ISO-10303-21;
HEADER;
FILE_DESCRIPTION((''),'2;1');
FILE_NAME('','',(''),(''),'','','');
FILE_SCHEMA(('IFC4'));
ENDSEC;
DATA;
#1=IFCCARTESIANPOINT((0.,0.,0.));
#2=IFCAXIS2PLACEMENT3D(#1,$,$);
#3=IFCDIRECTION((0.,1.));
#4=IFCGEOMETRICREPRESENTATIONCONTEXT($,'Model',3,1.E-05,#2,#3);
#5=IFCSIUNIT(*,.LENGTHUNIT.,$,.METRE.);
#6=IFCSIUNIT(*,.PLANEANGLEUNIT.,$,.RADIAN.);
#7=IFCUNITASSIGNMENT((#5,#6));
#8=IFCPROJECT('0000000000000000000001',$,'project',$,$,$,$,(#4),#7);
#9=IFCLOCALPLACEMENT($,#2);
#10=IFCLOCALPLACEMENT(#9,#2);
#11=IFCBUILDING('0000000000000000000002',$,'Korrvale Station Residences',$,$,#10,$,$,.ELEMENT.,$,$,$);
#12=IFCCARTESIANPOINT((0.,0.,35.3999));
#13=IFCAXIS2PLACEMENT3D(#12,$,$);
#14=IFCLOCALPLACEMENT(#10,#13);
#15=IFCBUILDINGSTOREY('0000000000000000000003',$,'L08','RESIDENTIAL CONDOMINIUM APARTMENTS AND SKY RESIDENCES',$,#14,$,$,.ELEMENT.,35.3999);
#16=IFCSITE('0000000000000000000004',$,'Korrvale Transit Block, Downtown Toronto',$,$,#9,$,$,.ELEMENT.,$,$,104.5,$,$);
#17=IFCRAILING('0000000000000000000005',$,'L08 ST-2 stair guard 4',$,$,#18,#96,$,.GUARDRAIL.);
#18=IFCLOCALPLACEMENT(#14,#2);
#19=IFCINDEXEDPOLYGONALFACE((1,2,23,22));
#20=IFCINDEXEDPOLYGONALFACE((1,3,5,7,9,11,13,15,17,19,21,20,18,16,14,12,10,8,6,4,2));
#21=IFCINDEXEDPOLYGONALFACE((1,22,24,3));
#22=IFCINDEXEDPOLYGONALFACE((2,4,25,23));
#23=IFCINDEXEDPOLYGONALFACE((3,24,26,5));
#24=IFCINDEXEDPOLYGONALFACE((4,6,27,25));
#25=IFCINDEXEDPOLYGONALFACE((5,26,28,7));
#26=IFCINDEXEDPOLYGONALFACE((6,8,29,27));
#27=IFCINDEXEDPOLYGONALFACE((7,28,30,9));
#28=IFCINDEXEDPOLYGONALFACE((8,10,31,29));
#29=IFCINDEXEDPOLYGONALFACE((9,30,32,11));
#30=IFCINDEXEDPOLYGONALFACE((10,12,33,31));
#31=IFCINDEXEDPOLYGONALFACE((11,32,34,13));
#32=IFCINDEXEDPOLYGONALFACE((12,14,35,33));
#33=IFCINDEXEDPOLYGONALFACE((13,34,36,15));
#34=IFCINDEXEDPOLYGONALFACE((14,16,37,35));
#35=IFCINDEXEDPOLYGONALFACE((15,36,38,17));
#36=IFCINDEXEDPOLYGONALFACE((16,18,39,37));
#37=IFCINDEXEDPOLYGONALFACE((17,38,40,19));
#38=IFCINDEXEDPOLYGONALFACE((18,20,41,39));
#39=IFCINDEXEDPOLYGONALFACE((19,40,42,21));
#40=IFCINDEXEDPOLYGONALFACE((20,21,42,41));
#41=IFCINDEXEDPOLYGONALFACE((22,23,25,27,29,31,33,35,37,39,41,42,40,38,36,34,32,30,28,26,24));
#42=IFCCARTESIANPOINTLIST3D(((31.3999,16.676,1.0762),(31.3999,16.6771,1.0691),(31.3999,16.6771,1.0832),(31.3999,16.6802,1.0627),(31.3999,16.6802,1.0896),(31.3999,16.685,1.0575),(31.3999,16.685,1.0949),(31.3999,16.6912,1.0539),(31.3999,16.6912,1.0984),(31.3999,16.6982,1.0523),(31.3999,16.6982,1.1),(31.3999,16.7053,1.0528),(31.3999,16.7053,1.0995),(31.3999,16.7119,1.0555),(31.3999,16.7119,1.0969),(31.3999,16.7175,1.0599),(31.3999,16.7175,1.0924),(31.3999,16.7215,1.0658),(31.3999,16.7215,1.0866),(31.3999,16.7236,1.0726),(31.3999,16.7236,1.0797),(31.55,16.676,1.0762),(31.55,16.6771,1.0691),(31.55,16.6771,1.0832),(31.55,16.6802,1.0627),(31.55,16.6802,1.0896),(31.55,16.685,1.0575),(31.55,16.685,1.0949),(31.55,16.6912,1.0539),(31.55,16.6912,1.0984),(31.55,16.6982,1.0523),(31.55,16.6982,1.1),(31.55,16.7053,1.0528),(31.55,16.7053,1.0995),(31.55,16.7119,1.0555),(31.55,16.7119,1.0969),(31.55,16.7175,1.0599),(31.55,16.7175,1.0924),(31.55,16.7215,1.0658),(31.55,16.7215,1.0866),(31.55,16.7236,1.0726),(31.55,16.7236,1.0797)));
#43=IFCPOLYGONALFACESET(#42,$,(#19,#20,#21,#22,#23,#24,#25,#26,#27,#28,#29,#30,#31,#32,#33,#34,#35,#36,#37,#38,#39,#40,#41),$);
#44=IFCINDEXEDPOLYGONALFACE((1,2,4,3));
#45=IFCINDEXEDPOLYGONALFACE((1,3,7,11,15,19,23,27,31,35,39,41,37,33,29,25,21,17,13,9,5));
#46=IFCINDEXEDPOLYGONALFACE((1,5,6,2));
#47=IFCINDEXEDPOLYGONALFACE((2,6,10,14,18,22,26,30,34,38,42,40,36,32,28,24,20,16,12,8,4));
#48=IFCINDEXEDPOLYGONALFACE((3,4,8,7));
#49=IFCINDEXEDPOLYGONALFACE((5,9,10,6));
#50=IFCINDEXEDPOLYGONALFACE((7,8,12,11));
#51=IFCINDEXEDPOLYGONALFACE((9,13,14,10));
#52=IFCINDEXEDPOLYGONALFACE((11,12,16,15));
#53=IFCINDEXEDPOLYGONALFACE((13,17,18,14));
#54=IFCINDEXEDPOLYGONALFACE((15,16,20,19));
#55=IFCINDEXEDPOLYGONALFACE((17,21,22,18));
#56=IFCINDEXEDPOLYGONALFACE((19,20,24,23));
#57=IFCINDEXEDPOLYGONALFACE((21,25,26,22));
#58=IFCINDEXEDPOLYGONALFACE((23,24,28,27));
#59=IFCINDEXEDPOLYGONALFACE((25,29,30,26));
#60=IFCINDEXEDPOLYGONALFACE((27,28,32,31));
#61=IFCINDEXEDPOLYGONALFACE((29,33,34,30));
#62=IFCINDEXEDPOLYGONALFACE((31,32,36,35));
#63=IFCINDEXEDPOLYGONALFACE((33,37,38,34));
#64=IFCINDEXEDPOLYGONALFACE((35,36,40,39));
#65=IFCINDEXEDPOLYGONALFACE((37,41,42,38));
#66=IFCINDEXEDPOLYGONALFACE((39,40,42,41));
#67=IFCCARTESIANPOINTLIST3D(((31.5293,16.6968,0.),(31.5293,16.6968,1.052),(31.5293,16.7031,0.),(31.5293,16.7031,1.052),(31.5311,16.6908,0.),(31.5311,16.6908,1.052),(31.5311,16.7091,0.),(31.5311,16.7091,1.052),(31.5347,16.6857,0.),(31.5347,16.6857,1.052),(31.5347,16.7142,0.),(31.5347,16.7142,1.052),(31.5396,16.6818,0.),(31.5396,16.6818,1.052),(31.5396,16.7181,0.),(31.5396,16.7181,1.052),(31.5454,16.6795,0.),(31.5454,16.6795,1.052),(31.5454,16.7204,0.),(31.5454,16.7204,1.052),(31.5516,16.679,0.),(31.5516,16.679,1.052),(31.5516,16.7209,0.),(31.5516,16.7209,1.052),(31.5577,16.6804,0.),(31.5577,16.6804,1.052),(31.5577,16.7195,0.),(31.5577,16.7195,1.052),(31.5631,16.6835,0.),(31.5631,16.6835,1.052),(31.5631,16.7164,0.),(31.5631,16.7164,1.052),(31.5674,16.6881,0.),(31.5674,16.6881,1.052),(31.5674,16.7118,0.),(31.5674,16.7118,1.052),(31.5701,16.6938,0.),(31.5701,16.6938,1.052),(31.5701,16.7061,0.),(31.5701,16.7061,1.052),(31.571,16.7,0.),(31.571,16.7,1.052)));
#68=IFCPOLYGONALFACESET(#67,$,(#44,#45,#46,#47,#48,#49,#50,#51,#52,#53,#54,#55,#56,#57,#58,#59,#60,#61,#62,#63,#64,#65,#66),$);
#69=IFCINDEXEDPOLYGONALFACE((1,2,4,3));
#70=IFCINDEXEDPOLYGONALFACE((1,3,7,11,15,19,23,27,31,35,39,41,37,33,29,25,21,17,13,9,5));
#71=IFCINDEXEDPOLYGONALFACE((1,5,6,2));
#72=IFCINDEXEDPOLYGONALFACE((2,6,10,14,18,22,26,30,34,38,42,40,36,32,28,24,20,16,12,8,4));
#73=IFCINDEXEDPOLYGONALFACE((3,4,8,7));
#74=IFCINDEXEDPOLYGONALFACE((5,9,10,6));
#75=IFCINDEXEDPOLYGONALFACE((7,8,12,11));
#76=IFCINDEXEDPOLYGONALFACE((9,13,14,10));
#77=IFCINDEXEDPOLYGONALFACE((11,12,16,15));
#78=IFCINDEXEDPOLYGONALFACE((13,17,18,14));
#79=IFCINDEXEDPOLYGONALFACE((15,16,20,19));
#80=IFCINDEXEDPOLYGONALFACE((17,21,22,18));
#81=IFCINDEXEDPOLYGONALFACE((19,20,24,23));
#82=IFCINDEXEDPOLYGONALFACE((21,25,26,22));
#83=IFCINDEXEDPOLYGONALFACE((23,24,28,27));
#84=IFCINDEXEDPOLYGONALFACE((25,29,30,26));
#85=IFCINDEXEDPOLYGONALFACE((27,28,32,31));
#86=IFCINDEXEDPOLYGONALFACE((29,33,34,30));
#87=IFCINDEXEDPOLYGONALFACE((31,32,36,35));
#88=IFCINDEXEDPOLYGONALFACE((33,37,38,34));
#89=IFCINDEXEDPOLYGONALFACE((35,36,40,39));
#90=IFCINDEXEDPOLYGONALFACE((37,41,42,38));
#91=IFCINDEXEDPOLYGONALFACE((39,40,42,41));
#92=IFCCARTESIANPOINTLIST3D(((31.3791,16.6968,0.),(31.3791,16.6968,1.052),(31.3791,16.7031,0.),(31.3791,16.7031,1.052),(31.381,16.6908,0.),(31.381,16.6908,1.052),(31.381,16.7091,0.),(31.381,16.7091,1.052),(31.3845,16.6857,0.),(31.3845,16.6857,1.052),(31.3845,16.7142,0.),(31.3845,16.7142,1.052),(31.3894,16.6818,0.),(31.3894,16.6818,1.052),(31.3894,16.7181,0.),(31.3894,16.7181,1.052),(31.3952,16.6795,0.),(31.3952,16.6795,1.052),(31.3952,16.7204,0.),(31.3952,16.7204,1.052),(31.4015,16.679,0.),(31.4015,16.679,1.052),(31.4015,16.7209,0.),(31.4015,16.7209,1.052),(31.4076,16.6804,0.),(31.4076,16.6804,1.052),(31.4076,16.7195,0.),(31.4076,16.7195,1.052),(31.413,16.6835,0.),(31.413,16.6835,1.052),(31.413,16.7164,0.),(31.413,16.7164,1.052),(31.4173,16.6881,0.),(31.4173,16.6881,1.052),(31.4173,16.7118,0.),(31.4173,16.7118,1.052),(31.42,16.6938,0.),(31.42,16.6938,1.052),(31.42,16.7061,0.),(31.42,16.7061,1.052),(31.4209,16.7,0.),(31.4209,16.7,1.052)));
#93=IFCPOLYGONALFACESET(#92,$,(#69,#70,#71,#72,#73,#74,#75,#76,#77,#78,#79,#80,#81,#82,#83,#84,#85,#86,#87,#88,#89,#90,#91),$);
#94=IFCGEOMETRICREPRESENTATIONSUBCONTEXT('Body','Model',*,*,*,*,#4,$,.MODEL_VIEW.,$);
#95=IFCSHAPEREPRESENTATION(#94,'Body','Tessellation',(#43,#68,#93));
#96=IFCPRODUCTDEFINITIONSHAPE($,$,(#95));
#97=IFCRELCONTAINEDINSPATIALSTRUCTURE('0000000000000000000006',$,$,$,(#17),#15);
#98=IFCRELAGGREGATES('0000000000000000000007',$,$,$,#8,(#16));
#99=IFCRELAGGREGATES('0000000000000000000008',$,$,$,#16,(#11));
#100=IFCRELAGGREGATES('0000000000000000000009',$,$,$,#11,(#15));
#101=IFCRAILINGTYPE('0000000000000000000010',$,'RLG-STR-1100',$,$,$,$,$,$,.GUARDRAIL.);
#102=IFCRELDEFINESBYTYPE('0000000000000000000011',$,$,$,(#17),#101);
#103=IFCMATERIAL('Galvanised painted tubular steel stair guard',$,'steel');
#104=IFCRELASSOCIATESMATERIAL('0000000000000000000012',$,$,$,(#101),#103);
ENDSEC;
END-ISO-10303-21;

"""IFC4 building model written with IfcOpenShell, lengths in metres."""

from ifc_helpers import new_model, si_unit, direction, frame, origin, origin_2d, place, context, subcontext, project, spatial, circle, extrude, material, type_object, element, save


model = new_model("IFC4")

# Units and contexts
model_context = context("Model", 3, precision=1e-05, world=origin(), true_north=direction((0.0, 1.0)))
body_context = subcontext(model_context, "Body", "Model", "MODEL_VIEW")
ifc_project = project(units=[si_unit("LENGTHUNIT", "METRE"), si_unit("PLANEANGLEUNIT", "RADIAN")], contexts=[model_context])

# Site, building, storey
site_placement = place(None, origin())
site = spatial("IfcSite", under=ifc_project, at=site_placement, Name="Korrvale Transit Block, Downtown Toronto", CompositionType="ELEMENT", RefElevation=104.5)
building_placement = place(site_placement, origin())
building = spatial("IfcBuilding", under=site, at=building_placement, Name="Korrvale Station Residences", CompositionType="ELEMENT")
storey_placement = place(building_placement, frame((0.0, 0.0, 35.3999)))
storey = spatial("IfcBuildingStorey", under=building, at=storey_placement, Name="L08", Description="RESIDENTIAL CONDOMINIUM APARTMENTS AND SKY RESIDENCES", CompositionType="ELEMENT", Elevation=35.3999)

# Railing
ifc_material_1 = material(Name="Galvanised painted tubular steel stair guard", Category="steel")
railing_type_1 = type_object("IfcRailingType", Name="RLG-STR-1100", PredefinedType="GUARDRAIL", material=ifc_material_1)
railing_1_placement = place(storey_placement, frame((31.55, 16.7, 0.0)))
element("IfcRailing", 1, at=railing_1_placement, inside=storey, type_object=railing_type_1, Name="L08 ST-2 stair guard 4", PredefinedType="GUARDRAIL", context=body_context, shape_type="SweptSolid", body=[
    extrude(circle(Radius=0.0239, at=origin_2d()), frame((0.0, 0.0, 1.0762), z_axis=(-1.0, 0.0, 0.0), x_axis=(0.0, -1.0, 0.0)), (0.0, 0.0, 1.0), 0.1501),
    extrude(circle(Radius=0.021, at=origin_2d()), origin(), (0.0, 0.0, 1.0), 1.052),
    extrude(circle(Radius=0.021, at=origin_2d()), frame((-0.1501, 0.0, 0.0)), (0.0, 0.0, 1.0), 1.052),
])

save(model, "model.ifc")
